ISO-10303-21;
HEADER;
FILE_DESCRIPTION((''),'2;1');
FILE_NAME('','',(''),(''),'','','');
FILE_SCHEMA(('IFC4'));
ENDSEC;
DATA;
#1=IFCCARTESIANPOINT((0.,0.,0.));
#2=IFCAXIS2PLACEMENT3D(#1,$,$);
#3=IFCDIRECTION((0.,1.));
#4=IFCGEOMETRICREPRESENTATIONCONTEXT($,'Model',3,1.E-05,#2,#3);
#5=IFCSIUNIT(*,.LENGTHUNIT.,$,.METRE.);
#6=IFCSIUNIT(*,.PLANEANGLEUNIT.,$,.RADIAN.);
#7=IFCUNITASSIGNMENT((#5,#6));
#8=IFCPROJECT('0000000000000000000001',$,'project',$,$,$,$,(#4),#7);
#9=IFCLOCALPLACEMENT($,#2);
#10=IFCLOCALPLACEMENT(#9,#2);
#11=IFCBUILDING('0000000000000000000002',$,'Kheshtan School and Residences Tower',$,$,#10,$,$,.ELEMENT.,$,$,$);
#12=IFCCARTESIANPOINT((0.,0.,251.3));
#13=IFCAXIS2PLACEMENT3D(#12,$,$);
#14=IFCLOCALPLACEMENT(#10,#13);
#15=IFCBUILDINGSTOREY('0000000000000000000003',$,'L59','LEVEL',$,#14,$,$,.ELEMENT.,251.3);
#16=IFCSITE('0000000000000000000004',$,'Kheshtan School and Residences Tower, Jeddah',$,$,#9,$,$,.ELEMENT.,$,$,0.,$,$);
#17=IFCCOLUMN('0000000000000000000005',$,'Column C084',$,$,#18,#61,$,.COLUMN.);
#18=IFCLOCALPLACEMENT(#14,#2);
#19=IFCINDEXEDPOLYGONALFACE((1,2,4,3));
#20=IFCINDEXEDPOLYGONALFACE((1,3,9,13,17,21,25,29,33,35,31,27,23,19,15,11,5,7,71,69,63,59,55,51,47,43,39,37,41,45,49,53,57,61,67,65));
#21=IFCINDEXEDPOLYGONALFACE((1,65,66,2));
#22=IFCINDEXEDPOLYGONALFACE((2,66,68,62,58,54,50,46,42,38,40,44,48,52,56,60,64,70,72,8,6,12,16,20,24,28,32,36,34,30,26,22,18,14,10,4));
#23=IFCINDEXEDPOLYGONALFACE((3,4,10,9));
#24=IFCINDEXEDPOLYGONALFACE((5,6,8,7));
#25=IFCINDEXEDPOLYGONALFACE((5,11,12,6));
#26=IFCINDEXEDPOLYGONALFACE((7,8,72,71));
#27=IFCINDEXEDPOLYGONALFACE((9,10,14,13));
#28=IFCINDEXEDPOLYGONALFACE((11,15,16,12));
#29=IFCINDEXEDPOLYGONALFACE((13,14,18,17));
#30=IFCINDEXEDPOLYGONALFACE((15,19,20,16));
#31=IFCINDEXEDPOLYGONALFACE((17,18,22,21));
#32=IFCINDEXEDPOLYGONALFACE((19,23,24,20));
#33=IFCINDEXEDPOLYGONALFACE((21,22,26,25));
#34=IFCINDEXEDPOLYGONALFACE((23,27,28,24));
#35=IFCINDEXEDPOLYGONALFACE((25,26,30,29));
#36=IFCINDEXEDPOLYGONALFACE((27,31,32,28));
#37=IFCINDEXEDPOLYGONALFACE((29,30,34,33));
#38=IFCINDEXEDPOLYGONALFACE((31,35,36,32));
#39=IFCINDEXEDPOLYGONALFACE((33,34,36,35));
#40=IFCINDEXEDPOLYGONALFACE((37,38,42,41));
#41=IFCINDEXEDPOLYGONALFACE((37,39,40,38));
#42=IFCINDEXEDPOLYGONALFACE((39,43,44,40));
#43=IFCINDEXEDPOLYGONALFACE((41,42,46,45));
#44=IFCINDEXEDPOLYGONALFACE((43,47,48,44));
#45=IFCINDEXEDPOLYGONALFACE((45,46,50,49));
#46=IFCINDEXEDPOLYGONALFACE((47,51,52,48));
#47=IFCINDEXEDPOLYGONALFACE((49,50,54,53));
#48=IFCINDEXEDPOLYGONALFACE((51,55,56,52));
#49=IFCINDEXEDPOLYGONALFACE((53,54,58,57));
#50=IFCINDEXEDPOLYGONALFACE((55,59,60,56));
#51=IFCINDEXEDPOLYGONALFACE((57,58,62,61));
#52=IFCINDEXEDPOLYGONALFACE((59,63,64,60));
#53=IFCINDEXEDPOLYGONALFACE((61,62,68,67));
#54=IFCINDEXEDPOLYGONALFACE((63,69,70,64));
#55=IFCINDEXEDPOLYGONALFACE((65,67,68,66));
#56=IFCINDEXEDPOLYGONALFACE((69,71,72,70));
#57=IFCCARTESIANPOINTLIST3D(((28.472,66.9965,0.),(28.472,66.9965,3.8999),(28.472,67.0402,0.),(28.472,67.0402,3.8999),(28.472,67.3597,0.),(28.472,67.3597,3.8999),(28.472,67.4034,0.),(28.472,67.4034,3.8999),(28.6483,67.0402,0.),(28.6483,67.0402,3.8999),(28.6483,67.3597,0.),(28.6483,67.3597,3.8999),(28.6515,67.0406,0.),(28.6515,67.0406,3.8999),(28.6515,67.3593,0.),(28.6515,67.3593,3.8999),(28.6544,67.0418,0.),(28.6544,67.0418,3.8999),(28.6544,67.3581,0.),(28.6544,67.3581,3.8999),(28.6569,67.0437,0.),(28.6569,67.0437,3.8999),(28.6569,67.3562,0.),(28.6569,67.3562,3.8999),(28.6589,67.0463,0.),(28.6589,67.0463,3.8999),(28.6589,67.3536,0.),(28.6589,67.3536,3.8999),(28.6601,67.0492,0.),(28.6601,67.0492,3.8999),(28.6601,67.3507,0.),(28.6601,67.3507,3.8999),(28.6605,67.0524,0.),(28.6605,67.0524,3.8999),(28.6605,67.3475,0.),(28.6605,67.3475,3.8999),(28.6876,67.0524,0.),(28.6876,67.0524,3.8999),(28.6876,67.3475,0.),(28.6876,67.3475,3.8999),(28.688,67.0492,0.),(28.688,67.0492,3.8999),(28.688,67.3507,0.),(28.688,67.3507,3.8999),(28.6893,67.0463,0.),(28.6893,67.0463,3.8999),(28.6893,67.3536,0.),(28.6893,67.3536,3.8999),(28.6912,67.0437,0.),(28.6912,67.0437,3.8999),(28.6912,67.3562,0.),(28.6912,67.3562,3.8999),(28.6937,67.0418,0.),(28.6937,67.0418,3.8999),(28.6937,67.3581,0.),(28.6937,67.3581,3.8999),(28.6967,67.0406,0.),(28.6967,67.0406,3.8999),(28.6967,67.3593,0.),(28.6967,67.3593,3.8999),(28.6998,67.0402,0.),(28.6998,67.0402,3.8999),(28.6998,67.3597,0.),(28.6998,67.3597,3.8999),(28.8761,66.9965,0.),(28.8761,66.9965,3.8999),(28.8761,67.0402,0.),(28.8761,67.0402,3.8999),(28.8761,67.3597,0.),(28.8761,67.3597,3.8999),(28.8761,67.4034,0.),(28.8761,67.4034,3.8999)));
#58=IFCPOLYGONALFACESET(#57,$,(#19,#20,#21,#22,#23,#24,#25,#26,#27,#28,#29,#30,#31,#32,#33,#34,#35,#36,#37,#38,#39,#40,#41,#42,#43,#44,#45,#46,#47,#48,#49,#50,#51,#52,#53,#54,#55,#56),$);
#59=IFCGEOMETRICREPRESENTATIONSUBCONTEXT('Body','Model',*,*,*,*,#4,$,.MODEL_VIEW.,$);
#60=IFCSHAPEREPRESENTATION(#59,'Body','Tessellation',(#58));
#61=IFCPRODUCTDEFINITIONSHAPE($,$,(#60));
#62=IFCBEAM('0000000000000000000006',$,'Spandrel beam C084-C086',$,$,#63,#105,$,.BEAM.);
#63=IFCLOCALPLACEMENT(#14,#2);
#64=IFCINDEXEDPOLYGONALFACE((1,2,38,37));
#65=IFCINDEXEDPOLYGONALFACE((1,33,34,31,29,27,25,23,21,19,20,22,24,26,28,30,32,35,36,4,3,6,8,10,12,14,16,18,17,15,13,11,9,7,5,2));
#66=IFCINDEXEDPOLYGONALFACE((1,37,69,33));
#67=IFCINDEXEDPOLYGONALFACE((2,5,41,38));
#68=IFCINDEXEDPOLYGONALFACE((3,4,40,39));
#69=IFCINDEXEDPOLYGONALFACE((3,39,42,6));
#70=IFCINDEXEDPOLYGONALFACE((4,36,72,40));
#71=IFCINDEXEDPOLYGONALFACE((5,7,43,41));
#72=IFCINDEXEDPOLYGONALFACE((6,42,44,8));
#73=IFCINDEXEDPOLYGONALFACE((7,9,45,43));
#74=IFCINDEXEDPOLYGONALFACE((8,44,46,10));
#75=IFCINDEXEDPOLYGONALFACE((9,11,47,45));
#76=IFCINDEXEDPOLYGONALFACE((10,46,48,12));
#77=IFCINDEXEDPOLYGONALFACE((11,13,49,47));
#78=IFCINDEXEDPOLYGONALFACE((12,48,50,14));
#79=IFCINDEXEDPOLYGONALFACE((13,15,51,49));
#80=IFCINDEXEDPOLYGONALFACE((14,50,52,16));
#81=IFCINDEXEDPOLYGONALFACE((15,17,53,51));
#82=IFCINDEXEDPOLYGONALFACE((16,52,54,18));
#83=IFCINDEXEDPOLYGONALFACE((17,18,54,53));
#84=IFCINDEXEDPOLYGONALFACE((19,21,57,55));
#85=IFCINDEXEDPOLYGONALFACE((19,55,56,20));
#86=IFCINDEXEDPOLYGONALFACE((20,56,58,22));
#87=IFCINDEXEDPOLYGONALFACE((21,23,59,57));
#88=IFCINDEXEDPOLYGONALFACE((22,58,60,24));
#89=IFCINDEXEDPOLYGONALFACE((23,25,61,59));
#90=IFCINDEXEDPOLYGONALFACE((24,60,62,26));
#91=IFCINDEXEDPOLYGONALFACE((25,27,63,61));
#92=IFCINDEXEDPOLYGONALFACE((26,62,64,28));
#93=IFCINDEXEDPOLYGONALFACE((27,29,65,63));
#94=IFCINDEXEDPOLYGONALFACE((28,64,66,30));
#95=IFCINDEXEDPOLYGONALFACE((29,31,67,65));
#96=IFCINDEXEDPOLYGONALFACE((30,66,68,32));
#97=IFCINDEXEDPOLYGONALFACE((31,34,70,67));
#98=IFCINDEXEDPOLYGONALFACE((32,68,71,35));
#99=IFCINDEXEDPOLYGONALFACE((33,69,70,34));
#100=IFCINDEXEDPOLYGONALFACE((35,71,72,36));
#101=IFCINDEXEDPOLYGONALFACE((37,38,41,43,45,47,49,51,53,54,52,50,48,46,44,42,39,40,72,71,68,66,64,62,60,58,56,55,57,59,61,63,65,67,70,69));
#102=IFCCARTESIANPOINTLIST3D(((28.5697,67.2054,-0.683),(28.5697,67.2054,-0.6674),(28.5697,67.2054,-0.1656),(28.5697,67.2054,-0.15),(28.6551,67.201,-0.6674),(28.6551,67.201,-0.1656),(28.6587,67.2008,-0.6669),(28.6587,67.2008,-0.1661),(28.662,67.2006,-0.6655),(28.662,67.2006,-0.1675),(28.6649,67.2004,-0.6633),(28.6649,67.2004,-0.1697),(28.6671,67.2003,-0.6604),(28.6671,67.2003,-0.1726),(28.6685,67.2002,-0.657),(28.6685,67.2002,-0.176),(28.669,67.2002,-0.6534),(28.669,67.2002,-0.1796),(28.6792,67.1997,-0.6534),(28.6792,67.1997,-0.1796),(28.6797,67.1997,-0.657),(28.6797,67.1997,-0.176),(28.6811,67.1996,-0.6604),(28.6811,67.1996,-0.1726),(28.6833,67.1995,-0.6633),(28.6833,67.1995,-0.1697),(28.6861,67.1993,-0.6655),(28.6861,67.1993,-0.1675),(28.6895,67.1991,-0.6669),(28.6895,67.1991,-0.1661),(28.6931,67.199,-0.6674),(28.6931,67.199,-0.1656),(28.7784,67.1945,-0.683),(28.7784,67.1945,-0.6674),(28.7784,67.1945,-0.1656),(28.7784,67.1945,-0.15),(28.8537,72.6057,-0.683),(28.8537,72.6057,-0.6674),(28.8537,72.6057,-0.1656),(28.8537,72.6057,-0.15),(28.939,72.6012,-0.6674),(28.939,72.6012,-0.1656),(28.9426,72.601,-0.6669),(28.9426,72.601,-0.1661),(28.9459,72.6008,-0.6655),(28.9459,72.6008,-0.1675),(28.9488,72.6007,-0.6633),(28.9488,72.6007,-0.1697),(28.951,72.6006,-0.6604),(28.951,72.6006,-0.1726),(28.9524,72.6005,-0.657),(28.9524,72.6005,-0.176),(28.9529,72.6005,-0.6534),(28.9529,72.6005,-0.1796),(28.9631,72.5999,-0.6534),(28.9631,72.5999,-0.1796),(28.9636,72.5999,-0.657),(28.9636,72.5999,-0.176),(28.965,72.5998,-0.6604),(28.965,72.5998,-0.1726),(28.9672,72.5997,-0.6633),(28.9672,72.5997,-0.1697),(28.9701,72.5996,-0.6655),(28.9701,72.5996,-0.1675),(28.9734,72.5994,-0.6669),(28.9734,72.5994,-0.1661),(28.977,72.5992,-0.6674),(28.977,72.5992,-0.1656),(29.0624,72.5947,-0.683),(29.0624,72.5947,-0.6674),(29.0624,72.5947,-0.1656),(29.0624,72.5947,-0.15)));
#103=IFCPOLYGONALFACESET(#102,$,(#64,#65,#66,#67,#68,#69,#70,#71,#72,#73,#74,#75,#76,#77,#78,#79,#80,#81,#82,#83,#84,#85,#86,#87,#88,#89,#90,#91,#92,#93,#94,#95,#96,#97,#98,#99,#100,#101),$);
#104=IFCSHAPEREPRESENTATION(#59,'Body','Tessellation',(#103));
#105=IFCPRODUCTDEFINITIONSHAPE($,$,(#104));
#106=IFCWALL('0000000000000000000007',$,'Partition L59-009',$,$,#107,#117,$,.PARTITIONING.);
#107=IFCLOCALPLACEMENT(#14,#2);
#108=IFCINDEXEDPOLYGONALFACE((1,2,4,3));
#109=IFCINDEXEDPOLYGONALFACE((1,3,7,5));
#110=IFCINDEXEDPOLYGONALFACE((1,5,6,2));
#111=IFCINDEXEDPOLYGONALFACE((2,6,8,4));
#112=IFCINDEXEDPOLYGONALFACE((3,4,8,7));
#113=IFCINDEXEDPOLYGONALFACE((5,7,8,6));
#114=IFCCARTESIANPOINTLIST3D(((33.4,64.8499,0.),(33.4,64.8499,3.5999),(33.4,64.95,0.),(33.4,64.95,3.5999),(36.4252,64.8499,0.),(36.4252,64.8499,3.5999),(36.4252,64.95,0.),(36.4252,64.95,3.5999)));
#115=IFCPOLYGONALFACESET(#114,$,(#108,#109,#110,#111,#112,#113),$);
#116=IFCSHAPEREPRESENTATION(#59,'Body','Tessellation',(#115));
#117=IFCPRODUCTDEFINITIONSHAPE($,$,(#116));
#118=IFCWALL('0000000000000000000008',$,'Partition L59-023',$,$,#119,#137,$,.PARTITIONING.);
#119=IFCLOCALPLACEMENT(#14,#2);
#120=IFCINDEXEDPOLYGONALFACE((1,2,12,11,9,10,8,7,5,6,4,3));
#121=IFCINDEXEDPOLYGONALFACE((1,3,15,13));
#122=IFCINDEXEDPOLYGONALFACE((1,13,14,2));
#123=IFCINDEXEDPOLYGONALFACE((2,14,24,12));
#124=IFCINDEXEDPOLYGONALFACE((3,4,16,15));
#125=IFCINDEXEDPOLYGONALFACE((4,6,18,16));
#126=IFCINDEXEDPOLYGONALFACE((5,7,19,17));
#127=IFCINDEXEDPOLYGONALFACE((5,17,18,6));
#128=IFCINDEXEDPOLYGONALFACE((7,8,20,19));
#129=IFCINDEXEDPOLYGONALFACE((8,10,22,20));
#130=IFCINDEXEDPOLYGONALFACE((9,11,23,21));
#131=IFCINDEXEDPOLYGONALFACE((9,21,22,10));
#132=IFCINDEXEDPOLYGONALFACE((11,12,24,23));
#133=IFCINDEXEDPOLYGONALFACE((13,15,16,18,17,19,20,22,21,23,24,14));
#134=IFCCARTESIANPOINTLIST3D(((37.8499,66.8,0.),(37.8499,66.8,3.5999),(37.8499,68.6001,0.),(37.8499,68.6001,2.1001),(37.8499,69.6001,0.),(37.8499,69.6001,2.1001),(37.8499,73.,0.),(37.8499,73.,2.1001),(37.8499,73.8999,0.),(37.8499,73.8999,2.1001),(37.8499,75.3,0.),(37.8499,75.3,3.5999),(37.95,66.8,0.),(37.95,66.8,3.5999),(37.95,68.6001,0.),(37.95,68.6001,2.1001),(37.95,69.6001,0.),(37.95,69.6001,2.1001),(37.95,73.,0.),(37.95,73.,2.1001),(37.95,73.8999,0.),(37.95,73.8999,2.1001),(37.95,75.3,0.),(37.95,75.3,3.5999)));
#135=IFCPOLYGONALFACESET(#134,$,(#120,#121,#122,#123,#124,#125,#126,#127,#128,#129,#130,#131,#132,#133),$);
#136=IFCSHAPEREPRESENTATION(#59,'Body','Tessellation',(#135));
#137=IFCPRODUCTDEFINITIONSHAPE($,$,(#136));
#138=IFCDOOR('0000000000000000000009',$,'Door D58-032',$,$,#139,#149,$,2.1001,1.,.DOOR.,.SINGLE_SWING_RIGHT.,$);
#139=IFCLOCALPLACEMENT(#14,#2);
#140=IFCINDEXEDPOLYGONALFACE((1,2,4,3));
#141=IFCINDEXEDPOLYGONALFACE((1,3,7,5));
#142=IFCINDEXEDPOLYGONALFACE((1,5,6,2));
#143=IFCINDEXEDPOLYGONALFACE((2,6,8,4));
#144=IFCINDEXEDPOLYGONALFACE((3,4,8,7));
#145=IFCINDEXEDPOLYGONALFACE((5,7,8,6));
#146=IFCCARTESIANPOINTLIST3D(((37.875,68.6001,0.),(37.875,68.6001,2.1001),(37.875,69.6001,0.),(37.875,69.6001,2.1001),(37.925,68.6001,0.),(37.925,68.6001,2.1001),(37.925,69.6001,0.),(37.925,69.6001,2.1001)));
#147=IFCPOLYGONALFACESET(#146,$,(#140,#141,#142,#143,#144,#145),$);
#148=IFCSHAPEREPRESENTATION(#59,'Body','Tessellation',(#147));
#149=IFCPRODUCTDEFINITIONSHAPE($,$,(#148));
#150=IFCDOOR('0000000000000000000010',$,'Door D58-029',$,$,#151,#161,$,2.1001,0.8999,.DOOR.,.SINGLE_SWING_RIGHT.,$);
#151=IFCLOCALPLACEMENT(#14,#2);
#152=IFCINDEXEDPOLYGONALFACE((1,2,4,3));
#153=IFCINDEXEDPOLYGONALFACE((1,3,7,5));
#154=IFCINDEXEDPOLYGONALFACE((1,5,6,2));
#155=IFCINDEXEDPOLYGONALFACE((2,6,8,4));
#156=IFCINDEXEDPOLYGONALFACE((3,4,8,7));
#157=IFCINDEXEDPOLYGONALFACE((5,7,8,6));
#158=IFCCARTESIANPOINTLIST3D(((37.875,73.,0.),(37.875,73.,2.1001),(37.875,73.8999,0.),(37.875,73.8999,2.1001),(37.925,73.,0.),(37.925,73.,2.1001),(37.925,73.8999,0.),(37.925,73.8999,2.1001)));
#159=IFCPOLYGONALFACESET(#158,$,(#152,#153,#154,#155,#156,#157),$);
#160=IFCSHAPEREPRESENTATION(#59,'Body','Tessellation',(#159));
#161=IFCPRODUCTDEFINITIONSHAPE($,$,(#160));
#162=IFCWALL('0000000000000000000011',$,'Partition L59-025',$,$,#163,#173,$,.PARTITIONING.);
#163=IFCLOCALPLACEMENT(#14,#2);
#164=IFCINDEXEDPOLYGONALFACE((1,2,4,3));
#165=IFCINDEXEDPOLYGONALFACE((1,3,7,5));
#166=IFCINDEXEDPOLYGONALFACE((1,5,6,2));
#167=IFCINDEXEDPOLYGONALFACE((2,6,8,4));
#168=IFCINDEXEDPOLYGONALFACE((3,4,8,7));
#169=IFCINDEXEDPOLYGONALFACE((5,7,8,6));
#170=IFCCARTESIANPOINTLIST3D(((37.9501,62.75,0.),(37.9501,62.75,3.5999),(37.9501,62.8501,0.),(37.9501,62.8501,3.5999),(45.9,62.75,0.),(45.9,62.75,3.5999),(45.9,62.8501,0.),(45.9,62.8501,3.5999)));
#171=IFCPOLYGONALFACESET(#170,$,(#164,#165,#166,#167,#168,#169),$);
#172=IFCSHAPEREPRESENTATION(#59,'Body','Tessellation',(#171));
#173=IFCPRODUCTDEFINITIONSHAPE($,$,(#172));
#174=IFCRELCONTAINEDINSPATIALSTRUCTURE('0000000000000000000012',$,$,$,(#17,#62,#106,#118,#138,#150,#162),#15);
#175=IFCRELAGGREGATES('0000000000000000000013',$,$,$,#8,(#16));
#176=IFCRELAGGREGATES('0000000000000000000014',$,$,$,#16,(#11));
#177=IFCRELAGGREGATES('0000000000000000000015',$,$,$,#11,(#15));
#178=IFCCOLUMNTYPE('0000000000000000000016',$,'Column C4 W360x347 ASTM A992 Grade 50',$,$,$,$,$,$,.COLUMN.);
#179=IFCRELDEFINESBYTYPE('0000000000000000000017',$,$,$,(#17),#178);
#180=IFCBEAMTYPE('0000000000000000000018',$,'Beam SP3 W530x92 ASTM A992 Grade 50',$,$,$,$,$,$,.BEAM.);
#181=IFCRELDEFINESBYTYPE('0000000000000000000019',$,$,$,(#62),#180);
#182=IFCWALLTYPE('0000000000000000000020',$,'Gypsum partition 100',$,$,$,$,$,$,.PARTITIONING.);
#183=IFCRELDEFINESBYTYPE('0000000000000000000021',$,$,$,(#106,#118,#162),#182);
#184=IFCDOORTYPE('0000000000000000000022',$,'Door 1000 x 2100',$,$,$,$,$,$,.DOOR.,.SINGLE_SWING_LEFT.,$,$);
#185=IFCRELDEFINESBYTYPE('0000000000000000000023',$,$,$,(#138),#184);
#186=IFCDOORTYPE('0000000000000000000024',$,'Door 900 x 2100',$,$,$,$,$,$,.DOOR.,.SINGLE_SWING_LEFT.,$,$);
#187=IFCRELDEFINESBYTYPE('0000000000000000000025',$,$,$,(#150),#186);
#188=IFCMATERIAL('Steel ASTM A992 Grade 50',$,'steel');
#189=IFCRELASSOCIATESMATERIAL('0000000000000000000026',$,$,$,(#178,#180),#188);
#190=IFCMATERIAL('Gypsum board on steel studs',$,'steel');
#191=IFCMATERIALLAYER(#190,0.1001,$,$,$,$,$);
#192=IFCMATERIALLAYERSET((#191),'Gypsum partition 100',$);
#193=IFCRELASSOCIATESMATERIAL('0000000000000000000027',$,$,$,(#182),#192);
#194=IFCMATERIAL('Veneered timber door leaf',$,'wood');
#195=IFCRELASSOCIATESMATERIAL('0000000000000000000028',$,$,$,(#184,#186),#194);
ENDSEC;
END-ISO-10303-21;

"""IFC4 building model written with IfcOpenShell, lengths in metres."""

from ifc_helpers import new_model, si_unit, direction, frame, frame_2d, origin, origin_2d, place, context, subcontext, project, spatial, rectangle, i_section, extrude, source, transform, mapped, material, layer, layer_set, material_profile, profile_set, type_object, element, fill, save


model = new_model("IFC4")

# Units and contexts
model_context = context("Model", 3, precision=1e-05, world=origin(), true_north=direction((0.0, 1.0)))
body_context = subcontext(model_context, "Body", "Model", "MODEL_VIEW")
ifc_project = project(units=[si_unit("LENGTHUNIT", "METRE"), si_unit("PLANEANGLEUNIT", "RADIAN")], contexts=[model_context])

# Site, building, storey
site_placement = place(None, origin())
site = spatial("IfcSite", under=ifc_project, at=site_placement, Name="Kheshtan School and Residences Tower, Jeddah", CompositionType="ELEMENT", RefElevation=0.0)
building_placement = place(site_placement, origin())
building = spatial("IfcBuilding", under=site, at=building_placement, Name="Kheshtan School and Residences Tower", CompositionType="ELEMENT")
storey_placement = place(building_placement, frame((0.0, 0.0, 251.3)))
storey = spatial("IfcBuildingStorey", under=building, at=storey_placement, Name="L59", Description="LEVEL", CompositionType="ELEMENT", Elevation=251.3)

# Column
ifc_material_1 = material(Name="Steel ASTM A992 Grade 50", Category="steel")
ifc_material_profile_1 = material_profile(ifc_material_1, i_section(OverallWidth=0.4041, OverallDepth=0.407, WebThickness=0.0271, FlangeThickness=0.0437, FilletRadius=0.0122, at=origin_2d()), Name="W360x347")
ifc_profile_set_1 = profile_set([ifc_material_profile_1], Name="Steel ASTM A992 Grade 50")
column_type = type_object("IfcColumnType", Name="Column C4 W360x347 ASTM A992 Grade 50", PredefinedType="COLUMN", material=ifc_profile_set_1)
column_placement = place(storey_placement, frame((28.6741, 67.2, 0.0), z_axis=(0.0, 0.0, 1.0), x_axis=(1.0, 0.0, 0.0)))
element("IfcColumn", 1, at=column_placement, inside=storey, type_object=column_type, Name="Column C084", PredefinedType="COLUMN", context=body_context, shape_type="SweptSolid", body=[
    extrude(i_section(OverallWidth=0.4041, OverallDepth=0.407, WebThickness=0.0271, FlangeThickness=0.0437, FilletRadius=0.0122, at=origin_2d()), origin(), (0.0, 0.0, 1.0), 3.8999),
])

# Beam
ifc_material_profile_2 = material_profile(ifc_material_1, i_section(OverallWidth=0.209, OverallDepth=0.533, WebThickness=0.0103, FlangeThickness=0.0156, FilletRadius=0.0139, at=origin_2d()), Name="W530x92")
ifc_profile_set_2 = profile_set([ifc_material_profile_2], Name="Steel ASTM A992 Grade 50")
beam_type = type_object("IfcBeamType", Name="Beam SP3 W530x92 ASTM A992 Grade 50", PredefinedType="BEAM", material=ifc_profile_set_2)
beam_placement = place(storey_placement, frame((28.6741, 67.2, -0.4165), z_axis=(0.052507, 0.998621, 0.0), x_axis=(-0.998621, 0.052507, 0.0)))
element("IfcBeam", 2, at=beam_placement, inside=storey, type_object=beam_type, Name="Spandrel beam C084-C086", PredefinedType="BEAM", context=body_context, shape_type="SweptSolid", body=[
    extrude(i_section(OverallWidth=0.209, OverallDepth=0.533, WebThickness=0.0103, FlangeThickness=0.0156, FilletRadius=0.0139, at=origin_2d()), origin(), (0.0, 0.0, 1.0), 5.4077),
])

# Wall
ifc_material_2 = material(Name="Gypsum board on steel studs", Category="steel")
ifc_layer_1 = layer(ifc_material_2, 0.1001)
ifc_layer_set_1 = layer_set([ifc_layer_1], Name="Gypsum partition 100")
wall_type_1 = type_object("IfcWallType", Name="Gypsum partition 100", PredefinedType="PARTITIONING", material=ifc_layer_set_1)
wall_1_placement = place(storey_placement, frame((33.3999, 64.8999, 0.0), z_axis=(0.0, 0.0, 1.0), x_axis=(1.0, 0.0, 0.0)))
element("IfcWall", 3, at=wall_1_placement, inside=storey, type_object=wall_type_1, Name="Partition L59-009", PredefinedType="PARTITIONING", context=body_context, shape_type="SweptSolid", body=[
    extrude(rectangle(XDim=3.0251, YDim=0.1001, at=frame_2d((1.5127, 0.0))), origin(), (0.0, 0.0, 1.0), 3.5999),
])

# Wall, openings, doors
wall_2_placement = place(storey_placement, frame((37.8999, 66.8, 0.0), z_axis=(0.0, 0.0, 1.0), x_axis=(0.0, 1.0, 0.0)))
wall_2 = element("IfcWall", 4, at=wall_2_placement, inside=storey, type_object=wall_type_1, Name="Partition L59-023", PredefinedType="PARTITIONING", context=body_context, shape_type="SweptSolid", body=[
    extrude(rectangle(XDim=8.5, YDim=0.1001, at=frame_2d((4.25, 0.0))), origin(), (0.0, 0.0, 1.0), 3.5999),
])
opening_1_placement = place(wall_2_placement, frame((6.2, 0.0, 0.0)))
opening_1 = element("IfcOpeningElement", 5, at=opening_1_placement, cuts=wall_2, PredefinedType="OPENING", context=body_context, shape_type="SweptSolid", body=[
    extrude(rectangle(XDim=0.8999, YDim=2.1001, at=frame_2d((0.45, 1.05))), frame((0.0, 0.0601, 0.0), z_axis=(0.0, -1.0, 0.0), x_axis=(1.0, 0.0, 0.0)), (0.0, 0.0, 1.0), 0.1201),
])
opening_2_placement = place(wall_2_placement, frame((1.8, 0.0, 0.0)))
opening_2 = element("IfcOpeningElement", 6, at=opening_2_placement, cuts=wall_2, PredefinedType="OPENING", context=body_context, shape_type="SweptSolid", body=[
    extrude(rectangle(XDim=1.0, YDim=2.1001, at=frame_2d((0.5, 1.05))), frame((0.0, 0.0601, 0.0), z_axis=(0.0, -1.0, 0.0), x_axis=(1.0, 0.0, 0.0)), (0.0, 0.0, 1.0), 0.1201),
])
ifc_material_3 = material(Name="Veneered timber door leaf", Category="wood")
door_type_1 = type_object("IfcDoorType", Name="Door 1000 x 2100", OperationType="SINGLE_SWING_LEFT", PredefinedType="DOOR", material=ifc_material_3)
shared_shape_1 = source(origin(), body_context, "Body", "SweptSolid", [
    extrude(rectangle(XDim=1.0, YDim=2.1001, at=frame_2d((0.5, 1.05))), frame((0.0, 0.0249, 0.0), z_axis=(0.0, -1.0, 0.0), x_axis=(1.0, 0.0, 0.0)), (0.0, 0.0, 1.0), 0.05),
])
door_1_placement = place(opening_2_placement, origin())
door_1 = element("IfcDoor", 7, at=door_1_placement, inside=storey, type_object=door_type_1, Name="Door D58-032", OperationType="SINGLE_SWING_RIGHT", OverallHeight=2.1001, OverallWidth=1.0, PredefinedType="DOOR", context=body_context, shape_type="MappedRepresentation", body=[
    mapped(shared_shape_1, transform((0.0, 0.0, 0.0), x_axis=(1.0, 0.0, 0.0), y_axis=(0.0, 1.0, 0.0), z_axis=(0.0, 0.0, 1.0), scale=1.0)),
])
fill(opening_2, door_1)
door_type_2 = type_object("IfcDoorType", Name="Door 900 x 2100", OperationType="SINGLE_SWING_LEFT", PredefinedType="DOOR", material=ifc_material_3)
shared_shape_2 = source(origin(), body_context, "Body", "SweptSolid", [
    extrude(rectangle(XDim=0.8999, YDim=2.1001, at=frame_2d((0.45, 1.05))), frame((0.0, 0.0249, 0.0), z_axis=(0.0, -1.0, 0.0), x_axis=(1.0, 0.0, 0.0)), (0.0, 0.0, 1.0), 0.05),
])
door_2_placement = place(opening_1_placement, origin())
door_2 = element("IfcDoor", 8, at=door_2_placement, inside=storey, type_object=door_type_2, Name="Door D58-029", OperationType="SINGLE_SWING_RIGHT", OverallHeight=2.1001, OverallWidth=0.8999, PredefinedType="DOOR", context=body_context, shape_type="MappedRepresentation", body=[
    mapped(shared_shape_2, transform((0.0, 0.0, 0.0), x_axis=(1.0, 0.0, 0.0), y_axis=(0.0, 1.0, 0.0), z_axis=(0.0, 0.0, 1.0), scale=1.0)),
])
fill(opening_1, door_2)

# Wall
for number, where, z_axis, x_axis, name in (
    (9, (37.95, 62.8, 0.0), (0.0, 0.0, 1.0), (1.0, 0.0, 0.0), "Partition L59-025"),
):
    element("IfcWall", number, at=place(storey_placement, frame(where, z_axis=z_axis, x_axis=x_axis)), inside=storey, type_object=wall_type_1, Name=name, PredefinedType="PARTITIONING", context=body_context, shape_type="SweptSolid", body=[
        extrude(rectangle(XDim=7.95, YDim=0.1001, at=frame_2d((3.9751, 0.0))), origin(), (0.0, 0.0, 1.0), 3.5999),
    ])

save(model, "model.ifc")
